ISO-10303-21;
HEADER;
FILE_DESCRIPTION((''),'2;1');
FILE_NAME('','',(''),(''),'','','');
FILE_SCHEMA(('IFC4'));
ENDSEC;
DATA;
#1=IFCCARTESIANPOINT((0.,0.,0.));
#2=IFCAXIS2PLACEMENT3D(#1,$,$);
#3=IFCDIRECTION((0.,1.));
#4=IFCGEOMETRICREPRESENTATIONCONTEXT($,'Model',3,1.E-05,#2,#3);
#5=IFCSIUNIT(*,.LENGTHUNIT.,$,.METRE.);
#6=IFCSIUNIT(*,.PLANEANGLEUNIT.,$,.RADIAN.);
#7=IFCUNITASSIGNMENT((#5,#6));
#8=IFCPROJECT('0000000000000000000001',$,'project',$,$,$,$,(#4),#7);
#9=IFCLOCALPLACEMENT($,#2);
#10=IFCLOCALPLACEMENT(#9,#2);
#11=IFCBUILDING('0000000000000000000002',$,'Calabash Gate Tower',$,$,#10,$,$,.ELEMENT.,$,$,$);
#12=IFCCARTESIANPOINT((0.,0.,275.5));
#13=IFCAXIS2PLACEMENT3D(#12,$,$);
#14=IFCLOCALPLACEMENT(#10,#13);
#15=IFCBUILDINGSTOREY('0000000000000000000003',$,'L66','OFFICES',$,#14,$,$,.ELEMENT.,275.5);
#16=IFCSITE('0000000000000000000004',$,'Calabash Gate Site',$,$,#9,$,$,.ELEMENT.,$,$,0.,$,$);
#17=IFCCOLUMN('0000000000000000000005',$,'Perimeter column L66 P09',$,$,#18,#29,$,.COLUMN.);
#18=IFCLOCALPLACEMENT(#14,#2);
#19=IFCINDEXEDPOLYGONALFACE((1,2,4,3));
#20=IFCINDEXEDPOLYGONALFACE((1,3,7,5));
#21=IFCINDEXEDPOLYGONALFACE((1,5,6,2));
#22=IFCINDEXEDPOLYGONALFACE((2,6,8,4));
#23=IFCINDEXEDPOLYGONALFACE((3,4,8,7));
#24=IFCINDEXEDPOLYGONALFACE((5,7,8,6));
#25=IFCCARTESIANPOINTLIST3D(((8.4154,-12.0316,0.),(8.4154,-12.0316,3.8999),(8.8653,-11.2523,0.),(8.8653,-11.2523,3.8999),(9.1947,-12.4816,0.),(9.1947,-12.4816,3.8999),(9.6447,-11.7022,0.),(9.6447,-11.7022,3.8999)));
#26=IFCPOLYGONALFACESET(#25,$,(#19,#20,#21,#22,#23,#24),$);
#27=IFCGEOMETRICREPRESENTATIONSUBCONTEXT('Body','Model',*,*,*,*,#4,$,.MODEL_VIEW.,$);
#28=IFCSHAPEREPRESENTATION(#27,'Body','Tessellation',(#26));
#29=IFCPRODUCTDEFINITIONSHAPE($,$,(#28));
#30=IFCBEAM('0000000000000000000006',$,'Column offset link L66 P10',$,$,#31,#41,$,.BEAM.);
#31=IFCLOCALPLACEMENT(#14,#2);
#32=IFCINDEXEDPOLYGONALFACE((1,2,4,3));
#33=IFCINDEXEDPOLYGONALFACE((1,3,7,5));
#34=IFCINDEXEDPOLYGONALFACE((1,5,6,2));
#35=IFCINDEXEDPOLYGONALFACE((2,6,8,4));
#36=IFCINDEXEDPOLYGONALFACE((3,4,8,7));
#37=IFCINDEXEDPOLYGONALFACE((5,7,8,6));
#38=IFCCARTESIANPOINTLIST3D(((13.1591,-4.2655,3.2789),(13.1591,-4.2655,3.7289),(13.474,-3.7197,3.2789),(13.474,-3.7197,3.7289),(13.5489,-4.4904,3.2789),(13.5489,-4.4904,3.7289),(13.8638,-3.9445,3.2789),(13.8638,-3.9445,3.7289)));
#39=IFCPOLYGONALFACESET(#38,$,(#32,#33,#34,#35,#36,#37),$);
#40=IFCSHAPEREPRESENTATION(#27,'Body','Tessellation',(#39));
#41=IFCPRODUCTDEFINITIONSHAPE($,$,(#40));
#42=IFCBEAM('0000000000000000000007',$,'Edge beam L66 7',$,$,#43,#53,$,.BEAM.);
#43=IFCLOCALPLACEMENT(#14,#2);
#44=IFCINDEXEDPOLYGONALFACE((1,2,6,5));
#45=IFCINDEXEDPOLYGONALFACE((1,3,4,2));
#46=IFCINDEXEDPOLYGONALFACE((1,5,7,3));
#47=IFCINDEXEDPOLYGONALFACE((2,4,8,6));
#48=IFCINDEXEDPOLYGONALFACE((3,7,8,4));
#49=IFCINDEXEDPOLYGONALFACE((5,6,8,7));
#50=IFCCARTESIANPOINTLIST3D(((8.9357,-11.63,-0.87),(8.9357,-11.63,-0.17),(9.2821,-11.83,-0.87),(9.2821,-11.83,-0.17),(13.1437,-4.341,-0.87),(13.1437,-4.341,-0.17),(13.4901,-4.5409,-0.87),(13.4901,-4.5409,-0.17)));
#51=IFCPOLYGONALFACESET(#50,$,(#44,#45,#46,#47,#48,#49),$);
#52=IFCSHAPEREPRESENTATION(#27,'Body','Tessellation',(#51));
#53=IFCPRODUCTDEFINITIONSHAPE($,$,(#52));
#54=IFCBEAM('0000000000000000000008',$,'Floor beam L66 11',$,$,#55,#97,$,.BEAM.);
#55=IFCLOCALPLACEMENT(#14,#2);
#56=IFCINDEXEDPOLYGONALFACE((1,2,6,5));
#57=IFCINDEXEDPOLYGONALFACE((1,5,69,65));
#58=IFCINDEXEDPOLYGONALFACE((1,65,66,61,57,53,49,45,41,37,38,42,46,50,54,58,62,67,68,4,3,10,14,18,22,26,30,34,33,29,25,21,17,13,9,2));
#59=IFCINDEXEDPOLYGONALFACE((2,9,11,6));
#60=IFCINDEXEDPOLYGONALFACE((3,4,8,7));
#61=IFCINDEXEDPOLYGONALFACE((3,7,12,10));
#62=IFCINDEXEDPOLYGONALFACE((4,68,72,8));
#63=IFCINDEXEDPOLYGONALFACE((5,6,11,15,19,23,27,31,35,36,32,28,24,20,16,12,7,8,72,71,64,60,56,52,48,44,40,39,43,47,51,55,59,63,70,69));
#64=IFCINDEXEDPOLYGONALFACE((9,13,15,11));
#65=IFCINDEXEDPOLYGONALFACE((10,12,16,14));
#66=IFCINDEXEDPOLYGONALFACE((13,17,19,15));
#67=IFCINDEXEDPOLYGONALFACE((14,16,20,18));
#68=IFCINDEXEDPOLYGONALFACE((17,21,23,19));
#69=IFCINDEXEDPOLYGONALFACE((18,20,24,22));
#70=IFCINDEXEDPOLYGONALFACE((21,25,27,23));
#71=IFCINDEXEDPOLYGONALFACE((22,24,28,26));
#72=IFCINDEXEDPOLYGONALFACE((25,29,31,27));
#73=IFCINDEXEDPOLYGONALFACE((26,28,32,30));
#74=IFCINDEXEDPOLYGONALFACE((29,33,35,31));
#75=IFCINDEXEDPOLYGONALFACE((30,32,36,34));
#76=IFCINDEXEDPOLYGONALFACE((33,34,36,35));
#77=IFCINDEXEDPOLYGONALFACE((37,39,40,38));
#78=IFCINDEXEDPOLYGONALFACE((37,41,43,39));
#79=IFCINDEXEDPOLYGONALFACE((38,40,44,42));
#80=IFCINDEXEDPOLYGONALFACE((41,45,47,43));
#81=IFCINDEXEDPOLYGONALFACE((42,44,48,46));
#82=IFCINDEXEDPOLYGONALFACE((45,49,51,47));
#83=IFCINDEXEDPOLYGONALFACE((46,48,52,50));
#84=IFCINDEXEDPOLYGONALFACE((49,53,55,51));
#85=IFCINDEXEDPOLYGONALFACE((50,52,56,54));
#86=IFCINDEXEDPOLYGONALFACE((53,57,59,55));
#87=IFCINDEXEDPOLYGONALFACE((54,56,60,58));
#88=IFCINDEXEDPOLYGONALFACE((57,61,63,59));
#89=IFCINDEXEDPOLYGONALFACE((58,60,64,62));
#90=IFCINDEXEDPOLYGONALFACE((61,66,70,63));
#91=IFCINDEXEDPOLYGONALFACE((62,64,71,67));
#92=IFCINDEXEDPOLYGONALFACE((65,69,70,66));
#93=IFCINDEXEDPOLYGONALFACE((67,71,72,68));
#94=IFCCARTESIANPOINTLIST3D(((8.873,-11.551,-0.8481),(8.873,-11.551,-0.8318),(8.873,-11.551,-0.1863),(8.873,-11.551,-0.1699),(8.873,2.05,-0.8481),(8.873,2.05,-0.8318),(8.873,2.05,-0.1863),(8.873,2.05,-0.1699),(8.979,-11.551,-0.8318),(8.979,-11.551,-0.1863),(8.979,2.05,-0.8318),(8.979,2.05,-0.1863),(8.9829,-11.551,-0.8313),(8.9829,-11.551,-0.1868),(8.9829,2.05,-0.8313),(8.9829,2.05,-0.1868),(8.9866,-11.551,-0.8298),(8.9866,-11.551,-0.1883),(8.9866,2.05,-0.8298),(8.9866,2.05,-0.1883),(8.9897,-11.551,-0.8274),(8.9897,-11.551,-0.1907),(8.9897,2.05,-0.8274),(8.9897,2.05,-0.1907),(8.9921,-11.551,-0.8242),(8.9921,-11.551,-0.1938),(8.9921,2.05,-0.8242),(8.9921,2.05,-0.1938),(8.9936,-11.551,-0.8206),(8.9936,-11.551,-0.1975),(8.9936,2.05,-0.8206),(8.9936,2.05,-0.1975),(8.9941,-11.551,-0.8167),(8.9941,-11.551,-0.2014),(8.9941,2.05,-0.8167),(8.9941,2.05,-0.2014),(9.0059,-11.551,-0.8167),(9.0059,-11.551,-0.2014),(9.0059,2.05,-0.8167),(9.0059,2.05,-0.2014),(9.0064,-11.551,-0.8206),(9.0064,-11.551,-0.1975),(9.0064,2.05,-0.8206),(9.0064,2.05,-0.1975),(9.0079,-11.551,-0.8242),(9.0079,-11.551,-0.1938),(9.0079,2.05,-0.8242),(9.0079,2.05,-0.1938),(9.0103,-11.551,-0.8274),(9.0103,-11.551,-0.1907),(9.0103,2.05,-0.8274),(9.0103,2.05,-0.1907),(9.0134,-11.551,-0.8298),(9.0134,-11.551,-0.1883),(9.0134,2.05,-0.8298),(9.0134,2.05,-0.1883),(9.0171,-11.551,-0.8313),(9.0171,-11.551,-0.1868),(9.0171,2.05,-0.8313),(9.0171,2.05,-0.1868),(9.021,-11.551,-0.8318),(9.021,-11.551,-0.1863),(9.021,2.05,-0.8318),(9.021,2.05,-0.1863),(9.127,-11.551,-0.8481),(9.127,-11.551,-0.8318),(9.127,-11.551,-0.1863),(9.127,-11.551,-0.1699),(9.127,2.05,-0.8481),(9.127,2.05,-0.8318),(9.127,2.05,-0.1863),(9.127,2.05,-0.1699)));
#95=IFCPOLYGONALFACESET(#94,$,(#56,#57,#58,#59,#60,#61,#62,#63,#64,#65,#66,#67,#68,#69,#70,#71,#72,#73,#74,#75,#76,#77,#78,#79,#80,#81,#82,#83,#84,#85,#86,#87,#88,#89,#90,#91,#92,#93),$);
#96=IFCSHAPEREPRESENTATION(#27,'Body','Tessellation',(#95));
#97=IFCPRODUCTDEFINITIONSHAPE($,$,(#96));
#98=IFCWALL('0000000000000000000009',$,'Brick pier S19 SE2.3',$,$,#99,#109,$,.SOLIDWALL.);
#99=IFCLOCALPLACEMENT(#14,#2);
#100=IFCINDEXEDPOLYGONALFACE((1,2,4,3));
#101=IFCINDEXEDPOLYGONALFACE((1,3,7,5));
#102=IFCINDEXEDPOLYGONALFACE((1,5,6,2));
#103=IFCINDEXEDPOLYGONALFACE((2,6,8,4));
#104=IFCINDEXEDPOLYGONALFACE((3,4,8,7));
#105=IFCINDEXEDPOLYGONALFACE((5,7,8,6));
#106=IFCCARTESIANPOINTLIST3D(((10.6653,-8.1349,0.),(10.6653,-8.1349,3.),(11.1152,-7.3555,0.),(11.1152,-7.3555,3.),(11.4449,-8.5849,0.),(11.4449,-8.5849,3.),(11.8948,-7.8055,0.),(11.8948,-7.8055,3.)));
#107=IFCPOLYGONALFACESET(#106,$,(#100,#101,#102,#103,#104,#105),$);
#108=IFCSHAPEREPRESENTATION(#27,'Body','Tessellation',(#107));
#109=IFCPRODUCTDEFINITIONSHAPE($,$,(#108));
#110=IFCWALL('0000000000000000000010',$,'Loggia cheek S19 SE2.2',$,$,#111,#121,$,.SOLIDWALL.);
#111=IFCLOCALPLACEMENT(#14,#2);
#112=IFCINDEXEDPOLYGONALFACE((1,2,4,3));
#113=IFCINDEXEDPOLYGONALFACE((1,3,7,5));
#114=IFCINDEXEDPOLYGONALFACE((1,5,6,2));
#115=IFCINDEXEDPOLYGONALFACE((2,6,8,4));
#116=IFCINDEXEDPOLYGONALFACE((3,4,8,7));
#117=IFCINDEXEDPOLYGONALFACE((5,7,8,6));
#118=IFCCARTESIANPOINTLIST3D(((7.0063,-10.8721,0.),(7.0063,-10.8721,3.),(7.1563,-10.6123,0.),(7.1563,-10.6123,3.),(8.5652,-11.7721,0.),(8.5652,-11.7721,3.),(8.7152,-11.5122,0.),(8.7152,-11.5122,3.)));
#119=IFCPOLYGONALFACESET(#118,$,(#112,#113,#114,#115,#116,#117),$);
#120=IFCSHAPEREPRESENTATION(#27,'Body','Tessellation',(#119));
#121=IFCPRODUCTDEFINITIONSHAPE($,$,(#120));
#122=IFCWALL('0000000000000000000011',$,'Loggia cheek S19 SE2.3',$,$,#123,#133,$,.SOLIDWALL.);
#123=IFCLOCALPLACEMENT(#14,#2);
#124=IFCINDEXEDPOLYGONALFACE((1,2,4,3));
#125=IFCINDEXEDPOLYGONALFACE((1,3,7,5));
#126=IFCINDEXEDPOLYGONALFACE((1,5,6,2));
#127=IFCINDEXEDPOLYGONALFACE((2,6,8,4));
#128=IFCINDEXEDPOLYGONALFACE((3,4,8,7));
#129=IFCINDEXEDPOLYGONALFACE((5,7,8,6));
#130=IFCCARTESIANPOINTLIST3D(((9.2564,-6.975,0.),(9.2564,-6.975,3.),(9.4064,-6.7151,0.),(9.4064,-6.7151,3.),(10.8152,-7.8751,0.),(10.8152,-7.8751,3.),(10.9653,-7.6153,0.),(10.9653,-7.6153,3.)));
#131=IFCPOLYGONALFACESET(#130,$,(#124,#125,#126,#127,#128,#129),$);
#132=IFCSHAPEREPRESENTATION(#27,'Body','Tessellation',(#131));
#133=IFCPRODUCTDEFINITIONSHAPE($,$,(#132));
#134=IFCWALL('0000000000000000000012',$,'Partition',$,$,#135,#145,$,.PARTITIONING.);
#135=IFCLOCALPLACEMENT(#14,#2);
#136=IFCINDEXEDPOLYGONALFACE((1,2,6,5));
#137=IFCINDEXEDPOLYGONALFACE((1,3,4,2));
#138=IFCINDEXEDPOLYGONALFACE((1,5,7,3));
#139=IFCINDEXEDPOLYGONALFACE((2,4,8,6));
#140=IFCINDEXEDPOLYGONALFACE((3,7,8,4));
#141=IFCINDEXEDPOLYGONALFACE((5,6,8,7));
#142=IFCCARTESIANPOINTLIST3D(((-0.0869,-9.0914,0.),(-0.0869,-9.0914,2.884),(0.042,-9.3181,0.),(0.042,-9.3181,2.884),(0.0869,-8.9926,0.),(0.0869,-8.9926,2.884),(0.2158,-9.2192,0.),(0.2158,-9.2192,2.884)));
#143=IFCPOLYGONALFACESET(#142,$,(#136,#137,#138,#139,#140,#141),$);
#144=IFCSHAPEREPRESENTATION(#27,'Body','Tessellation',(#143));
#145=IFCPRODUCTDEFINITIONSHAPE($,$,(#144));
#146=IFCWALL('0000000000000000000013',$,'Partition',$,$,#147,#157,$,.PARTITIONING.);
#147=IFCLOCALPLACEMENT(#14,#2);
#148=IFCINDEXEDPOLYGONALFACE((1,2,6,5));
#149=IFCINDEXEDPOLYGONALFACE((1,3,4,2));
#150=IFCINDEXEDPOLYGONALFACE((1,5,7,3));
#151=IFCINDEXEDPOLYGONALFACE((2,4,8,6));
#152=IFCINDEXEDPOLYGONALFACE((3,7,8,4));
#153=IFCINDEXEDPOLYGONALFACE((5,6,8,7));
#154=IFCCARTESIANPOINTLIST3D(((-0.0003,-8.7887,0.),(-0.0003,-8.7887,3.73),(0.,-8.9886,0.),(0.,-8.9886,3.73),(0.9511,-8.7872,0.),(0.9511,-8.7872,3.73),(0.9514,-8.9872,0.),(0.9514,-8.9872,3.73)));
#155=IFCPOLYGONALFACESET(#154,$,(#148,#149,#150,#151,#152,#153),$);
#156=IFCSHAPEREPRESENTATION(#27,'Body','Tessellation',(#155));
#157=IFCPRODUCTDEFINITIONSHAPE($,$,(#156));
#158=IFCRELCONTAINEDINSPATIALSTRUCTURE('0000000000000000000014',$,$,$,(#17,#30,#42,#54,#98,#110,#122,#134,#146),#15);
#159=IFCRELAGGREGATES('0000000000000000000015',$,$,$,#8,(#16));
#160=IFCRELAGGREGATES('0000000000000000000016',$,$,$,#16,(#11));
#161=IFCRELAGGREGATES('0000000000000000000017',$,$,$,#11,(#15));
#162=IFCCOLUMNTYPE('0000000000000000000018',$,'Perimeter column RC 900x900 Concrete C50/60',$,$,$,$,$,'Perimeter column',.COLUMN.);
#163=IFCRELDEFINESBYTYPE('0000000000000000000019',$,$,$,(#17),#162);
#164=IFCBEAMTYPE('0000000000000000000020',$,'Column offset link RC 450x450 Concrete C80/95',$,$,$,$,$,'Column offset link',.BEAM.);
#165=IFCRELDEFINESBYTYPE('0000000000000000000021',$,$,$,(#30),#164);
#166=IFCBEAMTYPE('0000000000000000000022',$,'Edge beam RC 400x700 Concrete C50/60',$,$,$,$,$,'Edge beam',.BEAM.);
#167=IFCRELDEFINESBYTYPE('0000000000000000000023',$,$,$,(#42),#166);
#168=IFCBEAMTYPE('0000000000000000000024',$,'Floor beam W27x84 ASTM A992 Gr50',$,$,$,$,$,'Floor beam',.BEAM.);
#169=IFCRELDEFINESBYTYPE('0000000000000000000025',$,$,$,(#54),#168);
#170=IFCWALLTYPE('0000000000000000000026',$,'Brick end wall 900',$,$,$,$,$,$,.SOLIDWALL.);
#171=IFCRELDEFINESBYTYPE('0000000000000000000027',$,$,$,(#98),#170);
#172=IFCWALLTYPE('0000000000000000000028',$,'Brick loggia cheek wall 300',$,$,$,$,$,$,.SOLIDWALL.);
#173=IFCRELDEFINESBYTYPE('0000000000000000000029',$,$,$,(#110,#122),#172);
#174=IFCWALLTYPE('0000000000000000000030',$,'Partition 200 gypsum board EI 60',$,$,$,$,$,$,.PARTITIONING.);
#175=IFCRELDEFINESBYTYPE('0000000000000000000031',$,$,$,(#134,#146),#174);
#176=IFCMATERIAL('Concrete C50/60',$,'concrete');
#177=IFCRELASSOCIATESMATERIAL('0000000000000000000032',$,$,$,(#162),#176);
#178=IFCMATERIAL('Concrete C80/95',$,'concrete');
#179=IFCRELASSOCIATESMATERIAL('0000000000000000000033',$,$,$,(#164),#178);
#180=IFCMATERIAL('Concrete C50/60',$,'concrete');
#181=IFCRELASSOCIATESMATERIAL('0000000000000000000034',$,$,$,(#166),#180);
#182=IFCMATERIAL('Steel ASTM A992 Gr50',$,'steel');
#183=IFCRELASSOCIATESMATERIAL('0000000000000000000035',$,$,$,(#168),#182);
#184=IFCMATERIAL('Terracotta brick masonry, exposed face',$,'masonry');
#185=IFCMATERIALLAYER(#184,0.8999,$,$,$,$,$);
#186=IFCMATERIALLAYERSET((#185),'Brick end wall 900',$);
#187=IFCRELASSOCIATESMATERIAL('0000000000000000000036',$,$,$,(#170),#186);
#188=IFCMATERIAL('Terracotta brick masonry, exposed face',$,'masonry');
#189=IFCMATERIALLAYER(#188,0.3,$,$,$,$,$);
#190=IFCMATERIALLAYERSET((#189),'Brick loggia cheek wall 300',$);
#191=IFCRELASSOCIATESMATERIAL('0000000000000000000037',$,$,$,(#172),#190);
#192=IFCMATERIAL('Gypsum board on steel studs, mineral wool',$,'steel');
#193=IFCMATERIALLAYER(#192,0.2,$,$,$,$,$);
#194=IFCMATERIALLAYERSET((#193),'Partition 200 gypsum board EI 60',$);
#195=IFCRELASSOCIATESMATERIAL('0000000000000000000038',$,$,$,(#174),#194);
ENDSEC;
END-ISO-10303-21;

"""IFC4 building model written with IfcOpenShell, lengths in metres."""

from ifc_helpers import new_model, si_unit, direction, frame, frame_2d, origin, origin_2d, place, context, subcontext, project, spatial, rectangle, i_section, extrude, material, layer, layer_set, material_profile, profile_set, type_object, element, save


model = new_model("IFC4")

# Units and contexts
model_context = context("Model", 3, precision=1e-05, world=origin(), true_north=direction((0.0, 1.0)))
body_context = subcontext(model_context, "Body", "Model", "MODEL_VIEW")
ifc_project = project(units=[si_unit("LENGTHUNIT", "METRE"), si_unit("PLANEANGLEUNIT", "RADIAN")], contexts=[model_context])

# Site, building, storey
site_placement = place(None, origin())
site = spatial("IfcSite", under=ifc_project, at=site_placement, Name="Calabash Gate Site", CompositionType="ELEMENT", RefElevation=0.0)
building_placement = place(site_placement, origin())
building = spatial("IfcBuilding", under=site, at=building_placement, Name="Calabash Gate Tower", CompositionType="ELEMENT")
storey_placement = place(building_placement, frame((0.0, 0.0, 275.5)))
storey = spatial("IfcBuildingStorey", under=building, at=storey_placement, Name="L66", Description="OFFICES", CompositionType="ELEMENT", Elevation=275.5)

# Column
ifc_material_1 = material(Name="Concrete C50/60", Category="concrete")
ifc_material_profile_1 = material_profile(ifc_material_1, rectangle(XDim=0.8999, YDim=0.8999, at=origin_2d()))
ifc_profile_set_1 = profile_set([ifc_material_profile_1], Name="Concrete C50/60")
column_type = type_object("IfcColumnType", Name="Perimeter column RC 900x900 Concrete C50/60", ElementType="Perimeter column", PredefinedType="COLUMN", material=ifc_profile_set_1)
column_placement = place(storey_placement, frame((9.03, -11.8669, 0.0), z_axis=(0.0, 0.0, 1.0), x_axis=(0.5, 0.866025, 0.0)))
element("IfcColumn", 1, at=column_placement, inside=storey, type_object=column_type, Name="Perimeter column L66 P09", PredefinedType="COLUMN", context=body_context, shape_type="SweptSolid", body=[
    extrude(rectangle(XDim=0.8999, YDim=0.8999, at=origin_2d()), origin(), (0.0, 0.0, 1.0), 3.8999),
])

# Beams
ifc_material_2 = material(Name="Concrete C80/95", Category="concrete")
ifc_material_profile_2 = material_profile(ifc_material_2, rectangle(XDim=0.45, YDim=0.45, at=origin_2d()))
ifc_profile_set_2 = profile_set([ifc_material_profile_2], Name="Concrete C80/95")
beam_type_1 = type_object("IfcBeamType", Name="Column offset link RC 450x450 Concrete C80/95", ElementType="Column offset link", PredefinedType="BEAM", material=ifc_profile_set_2)
beam_1_placement = place(storey_placement, frame((13.354, -4.3779, 3.5039), z_axis=(0.499722, 0.866186, 0.0), x_axis=(-0.866186, 0.499722, 0.0)))
element("IfcBeam", 2, at=beam_1_placement, inside=storey, type_object=beam_type_1, Name="Column offset link L66 P10", PredefinedType="BEAM", context=body_context, shape_type="SweptSolid", body=[
    extrude(rectangle(XDim=0.45, YDim=0.45, at=origin_2d()), origin(), (0.0, 0.0, 1.0), 0.6301),
])
ifc_material_3 = material(Name="Concrete C50/60", Category="concrete")
ifc_material_profile_3 = material_profile(ifc_material_3, rectangle(XDim=0.3999, YDim=0.7, at=origin_2d()))
ifc_profile_set_3 = profile_set([ifc_material_profile_3], Name="Concrete C50/60")
beam_type_2 = type_object("IfcBeamType", Name="Edge beam RC 400x700 Concrete C50/60", ElementType="Edge beam", PredefinedType="BEAM", material=ifc_profile_set_3)
beam_2_placement = place(storey_placement, frame((9.1089, -11.73, -0.52), z_axis=(0.49997, 0.866043, 0.0), x_axis=(-0.866043, 0.49997, 0.0)))
element("IfcBeam", 3, at=beam_2_placement, inside=storey, type_object=beam_type_2, Name="Edge beam L66 7", PredefinedType="BEAM", context=body_context, shape_type="SweptSolid", body=[
    extrude(rectangle(XDim=0.3999, YDim=0.7, at=origin_2d()), origin(), (0.0, 0.0, 1.0), 8.4165),
])
ifc_material_4 = material(Name="Steel ASTM A992 Gr50", Category="steel")
ifc_material_profile_4 = material_profile(ifc_material_4, i_section(OverallWidth=0.2539, OverallDepth=0.6782, WebThickness=0.0117, FlangeThickness=0.0164, FilletRadius=0.0151, at=origin_2d()))
ifc_profile_set_4 = profile_set([ifc_material_profile_4], Name="Steel ASTM A992 Gr50")
beam_type_3 = type_object("IfcBeamType", Name="Floor beam W27x84 ASTM A992 Gr50", ElementType="Floor beam", PredefinedType="BEAM", material=ifc_profile_set_4)
beam_3_placement = place(storey_placement, frame((9.0, -11.551, -0.509), z_axis=(0.0, 1.0, 0.0), x_axis=(-1.0, 0.0, 0.0)))
element("IfcBeam", 4, at=beam_3_placement, inside=storey, type_object=beam_type_3, Name="Floor beam L66 11", PredefinedType="BEAM", context=body_context, shape_type="SweptSolid", body=[
    extrude(i_section(OverallWidth=0.2539, OverallDepth=0.6782, WebThickness=0.0117, FlangeThickness=0.0164, FilletRadius=0.0151, at=origin_2d()), origin(), (0.0, 0.0, 1.0), 13.6011),
])

# Walls
ifc_material_5 = material(Name="Terracotta brick masonry, exposed face", Category="masonry")
ifc_layer_1 = layer(ifc_material_5, 0.8999)
ifc_layer_set_1 = layer_set([ifc_layer_1], Name="Brick end wall 900")
wall_type_1 = type_object("IfcWallType", Name="Brick end wall 900", PredefinedType="SOLIDWALL", material=ifc_layer_set_1)
wall_1_placement = place(storey_placement, frame((10.8901, -7.7451, 0.0), z_axis=(0.0, 0.0, 1.0), x_axis=(0.866082, -0.499902, 0.0)))
element("IfcWall", 5, at=wall_1_placement, inside=storey, type_object=wall_type_1, Name="Brick pier S19 SE2.3", PredefinedType="SOLIDWALL", context=body_context, shape_type="SweptSolid", body=[
    extrude(rectangle(XDim=0.9001, YDim=0.8999, at=frame_2d((0.4502, 0.0))), origin(), (0.0, 0.0, 1.0), 3.0),
])
ifc_material_6 = material(Name="Terracotta brick masonry, exposed face", Category="masonry")
ifc_layer_2 = layer(ifc_material_6, 0.3)
ifc_layer_set_2 = layer_set([ifc_layer_2], Name="Brick loggia cheek wall 300")
wall_type_2 = type_object("IfcWallType", Name="Brick loggia cheek wall 300", PredefinedType="SOLIDWALL", material=ifc_layer_set_2)
for number, where, z_axis, x_axis, name in (
    (6, (8.6401, -11.6421, 0.0), (0.0, 0.0, 1.0), (-0.866048, 0.499961, 0.0), "Loggia cheek S19 SE2.2"),
    (7, (10.8901, -7.7451, 0.0), (0.0, 0.0, 1.0), (-0.865989, 0.500063, 0.0), "Loggia cheek S19 SE2.3"),
):
    element("IfcWall", number, at=place(storey_placement, frame(where, z_axis=z_axis, x_axis=x_axis)), inside=storey, type_object=wall_type_2, Name=name, PredefinedType="SOLIDWALL", context=body_context, shape_type="SweptSolid", body=[
        extrude(rectangle(XDim=1.8, YDim=0.3, at=frame_2d((0.8999, 0.0))), origin(), (0.0, 0.0, 1.0), 3.0),
    ])
ifc_material_7 = material(Name="Gypsum board on steel studs, mineral wool", Category="steel")
ifc_layer_3 = layer(ifc_material_7, 0.2)
ifc_layer_set_3 = layer_set([ifc_layer_3], Name="Partition 200 gypsum board EI 60")
wall_type_3 = type_object("IfcWallType", Name="Partition 200 gypsum board EI 60", PredefinedType="PARTITIONING", material=ifc_layer_set_3)
wall_2_placement = place(storey_placement, frame((0.0, -9.042, 0.0), z_axis=(0.0, 0.0, 1.0), x_axis=(0.494524, -0.869164, 0.0)))
element("IfcWall", 8, at=wall_2_placement, inside=storey, type_object=wall_type_3, Name="Partition", PredefinedType="PARTITIONING", context=body_context, shape_type="SweptSolid", body=[
    extrude(rectangle(XDim=0.2607, YDim=0.2, at=frame_2d((0.1304, 0.0))), origin(), (0.0, 0.0, 1.0), 2.884),
])
wall_3_placement = place(storey_placement, frame((0.0, -8.8887, 0.0), z_axis=(0.0, 0.0, 1.0), x_axis=(0.999999, 0.00154, 0.0)))
element("IfcWall", 9, at=wall_3_placement, inside=storey, type_object=wall_type_3, Name="Partition", PredefinedType="PARTITIONING", context=body_context, shape_type="SweptSolid", body=[
    extrude(rectangle(XDim=0.9514, YDim=0.2, at=frame_2d((0.4756, 0.0))), origin(), (0.0, 0.0, 1.0), 3.73),
])

save(model, "model.ifc")
